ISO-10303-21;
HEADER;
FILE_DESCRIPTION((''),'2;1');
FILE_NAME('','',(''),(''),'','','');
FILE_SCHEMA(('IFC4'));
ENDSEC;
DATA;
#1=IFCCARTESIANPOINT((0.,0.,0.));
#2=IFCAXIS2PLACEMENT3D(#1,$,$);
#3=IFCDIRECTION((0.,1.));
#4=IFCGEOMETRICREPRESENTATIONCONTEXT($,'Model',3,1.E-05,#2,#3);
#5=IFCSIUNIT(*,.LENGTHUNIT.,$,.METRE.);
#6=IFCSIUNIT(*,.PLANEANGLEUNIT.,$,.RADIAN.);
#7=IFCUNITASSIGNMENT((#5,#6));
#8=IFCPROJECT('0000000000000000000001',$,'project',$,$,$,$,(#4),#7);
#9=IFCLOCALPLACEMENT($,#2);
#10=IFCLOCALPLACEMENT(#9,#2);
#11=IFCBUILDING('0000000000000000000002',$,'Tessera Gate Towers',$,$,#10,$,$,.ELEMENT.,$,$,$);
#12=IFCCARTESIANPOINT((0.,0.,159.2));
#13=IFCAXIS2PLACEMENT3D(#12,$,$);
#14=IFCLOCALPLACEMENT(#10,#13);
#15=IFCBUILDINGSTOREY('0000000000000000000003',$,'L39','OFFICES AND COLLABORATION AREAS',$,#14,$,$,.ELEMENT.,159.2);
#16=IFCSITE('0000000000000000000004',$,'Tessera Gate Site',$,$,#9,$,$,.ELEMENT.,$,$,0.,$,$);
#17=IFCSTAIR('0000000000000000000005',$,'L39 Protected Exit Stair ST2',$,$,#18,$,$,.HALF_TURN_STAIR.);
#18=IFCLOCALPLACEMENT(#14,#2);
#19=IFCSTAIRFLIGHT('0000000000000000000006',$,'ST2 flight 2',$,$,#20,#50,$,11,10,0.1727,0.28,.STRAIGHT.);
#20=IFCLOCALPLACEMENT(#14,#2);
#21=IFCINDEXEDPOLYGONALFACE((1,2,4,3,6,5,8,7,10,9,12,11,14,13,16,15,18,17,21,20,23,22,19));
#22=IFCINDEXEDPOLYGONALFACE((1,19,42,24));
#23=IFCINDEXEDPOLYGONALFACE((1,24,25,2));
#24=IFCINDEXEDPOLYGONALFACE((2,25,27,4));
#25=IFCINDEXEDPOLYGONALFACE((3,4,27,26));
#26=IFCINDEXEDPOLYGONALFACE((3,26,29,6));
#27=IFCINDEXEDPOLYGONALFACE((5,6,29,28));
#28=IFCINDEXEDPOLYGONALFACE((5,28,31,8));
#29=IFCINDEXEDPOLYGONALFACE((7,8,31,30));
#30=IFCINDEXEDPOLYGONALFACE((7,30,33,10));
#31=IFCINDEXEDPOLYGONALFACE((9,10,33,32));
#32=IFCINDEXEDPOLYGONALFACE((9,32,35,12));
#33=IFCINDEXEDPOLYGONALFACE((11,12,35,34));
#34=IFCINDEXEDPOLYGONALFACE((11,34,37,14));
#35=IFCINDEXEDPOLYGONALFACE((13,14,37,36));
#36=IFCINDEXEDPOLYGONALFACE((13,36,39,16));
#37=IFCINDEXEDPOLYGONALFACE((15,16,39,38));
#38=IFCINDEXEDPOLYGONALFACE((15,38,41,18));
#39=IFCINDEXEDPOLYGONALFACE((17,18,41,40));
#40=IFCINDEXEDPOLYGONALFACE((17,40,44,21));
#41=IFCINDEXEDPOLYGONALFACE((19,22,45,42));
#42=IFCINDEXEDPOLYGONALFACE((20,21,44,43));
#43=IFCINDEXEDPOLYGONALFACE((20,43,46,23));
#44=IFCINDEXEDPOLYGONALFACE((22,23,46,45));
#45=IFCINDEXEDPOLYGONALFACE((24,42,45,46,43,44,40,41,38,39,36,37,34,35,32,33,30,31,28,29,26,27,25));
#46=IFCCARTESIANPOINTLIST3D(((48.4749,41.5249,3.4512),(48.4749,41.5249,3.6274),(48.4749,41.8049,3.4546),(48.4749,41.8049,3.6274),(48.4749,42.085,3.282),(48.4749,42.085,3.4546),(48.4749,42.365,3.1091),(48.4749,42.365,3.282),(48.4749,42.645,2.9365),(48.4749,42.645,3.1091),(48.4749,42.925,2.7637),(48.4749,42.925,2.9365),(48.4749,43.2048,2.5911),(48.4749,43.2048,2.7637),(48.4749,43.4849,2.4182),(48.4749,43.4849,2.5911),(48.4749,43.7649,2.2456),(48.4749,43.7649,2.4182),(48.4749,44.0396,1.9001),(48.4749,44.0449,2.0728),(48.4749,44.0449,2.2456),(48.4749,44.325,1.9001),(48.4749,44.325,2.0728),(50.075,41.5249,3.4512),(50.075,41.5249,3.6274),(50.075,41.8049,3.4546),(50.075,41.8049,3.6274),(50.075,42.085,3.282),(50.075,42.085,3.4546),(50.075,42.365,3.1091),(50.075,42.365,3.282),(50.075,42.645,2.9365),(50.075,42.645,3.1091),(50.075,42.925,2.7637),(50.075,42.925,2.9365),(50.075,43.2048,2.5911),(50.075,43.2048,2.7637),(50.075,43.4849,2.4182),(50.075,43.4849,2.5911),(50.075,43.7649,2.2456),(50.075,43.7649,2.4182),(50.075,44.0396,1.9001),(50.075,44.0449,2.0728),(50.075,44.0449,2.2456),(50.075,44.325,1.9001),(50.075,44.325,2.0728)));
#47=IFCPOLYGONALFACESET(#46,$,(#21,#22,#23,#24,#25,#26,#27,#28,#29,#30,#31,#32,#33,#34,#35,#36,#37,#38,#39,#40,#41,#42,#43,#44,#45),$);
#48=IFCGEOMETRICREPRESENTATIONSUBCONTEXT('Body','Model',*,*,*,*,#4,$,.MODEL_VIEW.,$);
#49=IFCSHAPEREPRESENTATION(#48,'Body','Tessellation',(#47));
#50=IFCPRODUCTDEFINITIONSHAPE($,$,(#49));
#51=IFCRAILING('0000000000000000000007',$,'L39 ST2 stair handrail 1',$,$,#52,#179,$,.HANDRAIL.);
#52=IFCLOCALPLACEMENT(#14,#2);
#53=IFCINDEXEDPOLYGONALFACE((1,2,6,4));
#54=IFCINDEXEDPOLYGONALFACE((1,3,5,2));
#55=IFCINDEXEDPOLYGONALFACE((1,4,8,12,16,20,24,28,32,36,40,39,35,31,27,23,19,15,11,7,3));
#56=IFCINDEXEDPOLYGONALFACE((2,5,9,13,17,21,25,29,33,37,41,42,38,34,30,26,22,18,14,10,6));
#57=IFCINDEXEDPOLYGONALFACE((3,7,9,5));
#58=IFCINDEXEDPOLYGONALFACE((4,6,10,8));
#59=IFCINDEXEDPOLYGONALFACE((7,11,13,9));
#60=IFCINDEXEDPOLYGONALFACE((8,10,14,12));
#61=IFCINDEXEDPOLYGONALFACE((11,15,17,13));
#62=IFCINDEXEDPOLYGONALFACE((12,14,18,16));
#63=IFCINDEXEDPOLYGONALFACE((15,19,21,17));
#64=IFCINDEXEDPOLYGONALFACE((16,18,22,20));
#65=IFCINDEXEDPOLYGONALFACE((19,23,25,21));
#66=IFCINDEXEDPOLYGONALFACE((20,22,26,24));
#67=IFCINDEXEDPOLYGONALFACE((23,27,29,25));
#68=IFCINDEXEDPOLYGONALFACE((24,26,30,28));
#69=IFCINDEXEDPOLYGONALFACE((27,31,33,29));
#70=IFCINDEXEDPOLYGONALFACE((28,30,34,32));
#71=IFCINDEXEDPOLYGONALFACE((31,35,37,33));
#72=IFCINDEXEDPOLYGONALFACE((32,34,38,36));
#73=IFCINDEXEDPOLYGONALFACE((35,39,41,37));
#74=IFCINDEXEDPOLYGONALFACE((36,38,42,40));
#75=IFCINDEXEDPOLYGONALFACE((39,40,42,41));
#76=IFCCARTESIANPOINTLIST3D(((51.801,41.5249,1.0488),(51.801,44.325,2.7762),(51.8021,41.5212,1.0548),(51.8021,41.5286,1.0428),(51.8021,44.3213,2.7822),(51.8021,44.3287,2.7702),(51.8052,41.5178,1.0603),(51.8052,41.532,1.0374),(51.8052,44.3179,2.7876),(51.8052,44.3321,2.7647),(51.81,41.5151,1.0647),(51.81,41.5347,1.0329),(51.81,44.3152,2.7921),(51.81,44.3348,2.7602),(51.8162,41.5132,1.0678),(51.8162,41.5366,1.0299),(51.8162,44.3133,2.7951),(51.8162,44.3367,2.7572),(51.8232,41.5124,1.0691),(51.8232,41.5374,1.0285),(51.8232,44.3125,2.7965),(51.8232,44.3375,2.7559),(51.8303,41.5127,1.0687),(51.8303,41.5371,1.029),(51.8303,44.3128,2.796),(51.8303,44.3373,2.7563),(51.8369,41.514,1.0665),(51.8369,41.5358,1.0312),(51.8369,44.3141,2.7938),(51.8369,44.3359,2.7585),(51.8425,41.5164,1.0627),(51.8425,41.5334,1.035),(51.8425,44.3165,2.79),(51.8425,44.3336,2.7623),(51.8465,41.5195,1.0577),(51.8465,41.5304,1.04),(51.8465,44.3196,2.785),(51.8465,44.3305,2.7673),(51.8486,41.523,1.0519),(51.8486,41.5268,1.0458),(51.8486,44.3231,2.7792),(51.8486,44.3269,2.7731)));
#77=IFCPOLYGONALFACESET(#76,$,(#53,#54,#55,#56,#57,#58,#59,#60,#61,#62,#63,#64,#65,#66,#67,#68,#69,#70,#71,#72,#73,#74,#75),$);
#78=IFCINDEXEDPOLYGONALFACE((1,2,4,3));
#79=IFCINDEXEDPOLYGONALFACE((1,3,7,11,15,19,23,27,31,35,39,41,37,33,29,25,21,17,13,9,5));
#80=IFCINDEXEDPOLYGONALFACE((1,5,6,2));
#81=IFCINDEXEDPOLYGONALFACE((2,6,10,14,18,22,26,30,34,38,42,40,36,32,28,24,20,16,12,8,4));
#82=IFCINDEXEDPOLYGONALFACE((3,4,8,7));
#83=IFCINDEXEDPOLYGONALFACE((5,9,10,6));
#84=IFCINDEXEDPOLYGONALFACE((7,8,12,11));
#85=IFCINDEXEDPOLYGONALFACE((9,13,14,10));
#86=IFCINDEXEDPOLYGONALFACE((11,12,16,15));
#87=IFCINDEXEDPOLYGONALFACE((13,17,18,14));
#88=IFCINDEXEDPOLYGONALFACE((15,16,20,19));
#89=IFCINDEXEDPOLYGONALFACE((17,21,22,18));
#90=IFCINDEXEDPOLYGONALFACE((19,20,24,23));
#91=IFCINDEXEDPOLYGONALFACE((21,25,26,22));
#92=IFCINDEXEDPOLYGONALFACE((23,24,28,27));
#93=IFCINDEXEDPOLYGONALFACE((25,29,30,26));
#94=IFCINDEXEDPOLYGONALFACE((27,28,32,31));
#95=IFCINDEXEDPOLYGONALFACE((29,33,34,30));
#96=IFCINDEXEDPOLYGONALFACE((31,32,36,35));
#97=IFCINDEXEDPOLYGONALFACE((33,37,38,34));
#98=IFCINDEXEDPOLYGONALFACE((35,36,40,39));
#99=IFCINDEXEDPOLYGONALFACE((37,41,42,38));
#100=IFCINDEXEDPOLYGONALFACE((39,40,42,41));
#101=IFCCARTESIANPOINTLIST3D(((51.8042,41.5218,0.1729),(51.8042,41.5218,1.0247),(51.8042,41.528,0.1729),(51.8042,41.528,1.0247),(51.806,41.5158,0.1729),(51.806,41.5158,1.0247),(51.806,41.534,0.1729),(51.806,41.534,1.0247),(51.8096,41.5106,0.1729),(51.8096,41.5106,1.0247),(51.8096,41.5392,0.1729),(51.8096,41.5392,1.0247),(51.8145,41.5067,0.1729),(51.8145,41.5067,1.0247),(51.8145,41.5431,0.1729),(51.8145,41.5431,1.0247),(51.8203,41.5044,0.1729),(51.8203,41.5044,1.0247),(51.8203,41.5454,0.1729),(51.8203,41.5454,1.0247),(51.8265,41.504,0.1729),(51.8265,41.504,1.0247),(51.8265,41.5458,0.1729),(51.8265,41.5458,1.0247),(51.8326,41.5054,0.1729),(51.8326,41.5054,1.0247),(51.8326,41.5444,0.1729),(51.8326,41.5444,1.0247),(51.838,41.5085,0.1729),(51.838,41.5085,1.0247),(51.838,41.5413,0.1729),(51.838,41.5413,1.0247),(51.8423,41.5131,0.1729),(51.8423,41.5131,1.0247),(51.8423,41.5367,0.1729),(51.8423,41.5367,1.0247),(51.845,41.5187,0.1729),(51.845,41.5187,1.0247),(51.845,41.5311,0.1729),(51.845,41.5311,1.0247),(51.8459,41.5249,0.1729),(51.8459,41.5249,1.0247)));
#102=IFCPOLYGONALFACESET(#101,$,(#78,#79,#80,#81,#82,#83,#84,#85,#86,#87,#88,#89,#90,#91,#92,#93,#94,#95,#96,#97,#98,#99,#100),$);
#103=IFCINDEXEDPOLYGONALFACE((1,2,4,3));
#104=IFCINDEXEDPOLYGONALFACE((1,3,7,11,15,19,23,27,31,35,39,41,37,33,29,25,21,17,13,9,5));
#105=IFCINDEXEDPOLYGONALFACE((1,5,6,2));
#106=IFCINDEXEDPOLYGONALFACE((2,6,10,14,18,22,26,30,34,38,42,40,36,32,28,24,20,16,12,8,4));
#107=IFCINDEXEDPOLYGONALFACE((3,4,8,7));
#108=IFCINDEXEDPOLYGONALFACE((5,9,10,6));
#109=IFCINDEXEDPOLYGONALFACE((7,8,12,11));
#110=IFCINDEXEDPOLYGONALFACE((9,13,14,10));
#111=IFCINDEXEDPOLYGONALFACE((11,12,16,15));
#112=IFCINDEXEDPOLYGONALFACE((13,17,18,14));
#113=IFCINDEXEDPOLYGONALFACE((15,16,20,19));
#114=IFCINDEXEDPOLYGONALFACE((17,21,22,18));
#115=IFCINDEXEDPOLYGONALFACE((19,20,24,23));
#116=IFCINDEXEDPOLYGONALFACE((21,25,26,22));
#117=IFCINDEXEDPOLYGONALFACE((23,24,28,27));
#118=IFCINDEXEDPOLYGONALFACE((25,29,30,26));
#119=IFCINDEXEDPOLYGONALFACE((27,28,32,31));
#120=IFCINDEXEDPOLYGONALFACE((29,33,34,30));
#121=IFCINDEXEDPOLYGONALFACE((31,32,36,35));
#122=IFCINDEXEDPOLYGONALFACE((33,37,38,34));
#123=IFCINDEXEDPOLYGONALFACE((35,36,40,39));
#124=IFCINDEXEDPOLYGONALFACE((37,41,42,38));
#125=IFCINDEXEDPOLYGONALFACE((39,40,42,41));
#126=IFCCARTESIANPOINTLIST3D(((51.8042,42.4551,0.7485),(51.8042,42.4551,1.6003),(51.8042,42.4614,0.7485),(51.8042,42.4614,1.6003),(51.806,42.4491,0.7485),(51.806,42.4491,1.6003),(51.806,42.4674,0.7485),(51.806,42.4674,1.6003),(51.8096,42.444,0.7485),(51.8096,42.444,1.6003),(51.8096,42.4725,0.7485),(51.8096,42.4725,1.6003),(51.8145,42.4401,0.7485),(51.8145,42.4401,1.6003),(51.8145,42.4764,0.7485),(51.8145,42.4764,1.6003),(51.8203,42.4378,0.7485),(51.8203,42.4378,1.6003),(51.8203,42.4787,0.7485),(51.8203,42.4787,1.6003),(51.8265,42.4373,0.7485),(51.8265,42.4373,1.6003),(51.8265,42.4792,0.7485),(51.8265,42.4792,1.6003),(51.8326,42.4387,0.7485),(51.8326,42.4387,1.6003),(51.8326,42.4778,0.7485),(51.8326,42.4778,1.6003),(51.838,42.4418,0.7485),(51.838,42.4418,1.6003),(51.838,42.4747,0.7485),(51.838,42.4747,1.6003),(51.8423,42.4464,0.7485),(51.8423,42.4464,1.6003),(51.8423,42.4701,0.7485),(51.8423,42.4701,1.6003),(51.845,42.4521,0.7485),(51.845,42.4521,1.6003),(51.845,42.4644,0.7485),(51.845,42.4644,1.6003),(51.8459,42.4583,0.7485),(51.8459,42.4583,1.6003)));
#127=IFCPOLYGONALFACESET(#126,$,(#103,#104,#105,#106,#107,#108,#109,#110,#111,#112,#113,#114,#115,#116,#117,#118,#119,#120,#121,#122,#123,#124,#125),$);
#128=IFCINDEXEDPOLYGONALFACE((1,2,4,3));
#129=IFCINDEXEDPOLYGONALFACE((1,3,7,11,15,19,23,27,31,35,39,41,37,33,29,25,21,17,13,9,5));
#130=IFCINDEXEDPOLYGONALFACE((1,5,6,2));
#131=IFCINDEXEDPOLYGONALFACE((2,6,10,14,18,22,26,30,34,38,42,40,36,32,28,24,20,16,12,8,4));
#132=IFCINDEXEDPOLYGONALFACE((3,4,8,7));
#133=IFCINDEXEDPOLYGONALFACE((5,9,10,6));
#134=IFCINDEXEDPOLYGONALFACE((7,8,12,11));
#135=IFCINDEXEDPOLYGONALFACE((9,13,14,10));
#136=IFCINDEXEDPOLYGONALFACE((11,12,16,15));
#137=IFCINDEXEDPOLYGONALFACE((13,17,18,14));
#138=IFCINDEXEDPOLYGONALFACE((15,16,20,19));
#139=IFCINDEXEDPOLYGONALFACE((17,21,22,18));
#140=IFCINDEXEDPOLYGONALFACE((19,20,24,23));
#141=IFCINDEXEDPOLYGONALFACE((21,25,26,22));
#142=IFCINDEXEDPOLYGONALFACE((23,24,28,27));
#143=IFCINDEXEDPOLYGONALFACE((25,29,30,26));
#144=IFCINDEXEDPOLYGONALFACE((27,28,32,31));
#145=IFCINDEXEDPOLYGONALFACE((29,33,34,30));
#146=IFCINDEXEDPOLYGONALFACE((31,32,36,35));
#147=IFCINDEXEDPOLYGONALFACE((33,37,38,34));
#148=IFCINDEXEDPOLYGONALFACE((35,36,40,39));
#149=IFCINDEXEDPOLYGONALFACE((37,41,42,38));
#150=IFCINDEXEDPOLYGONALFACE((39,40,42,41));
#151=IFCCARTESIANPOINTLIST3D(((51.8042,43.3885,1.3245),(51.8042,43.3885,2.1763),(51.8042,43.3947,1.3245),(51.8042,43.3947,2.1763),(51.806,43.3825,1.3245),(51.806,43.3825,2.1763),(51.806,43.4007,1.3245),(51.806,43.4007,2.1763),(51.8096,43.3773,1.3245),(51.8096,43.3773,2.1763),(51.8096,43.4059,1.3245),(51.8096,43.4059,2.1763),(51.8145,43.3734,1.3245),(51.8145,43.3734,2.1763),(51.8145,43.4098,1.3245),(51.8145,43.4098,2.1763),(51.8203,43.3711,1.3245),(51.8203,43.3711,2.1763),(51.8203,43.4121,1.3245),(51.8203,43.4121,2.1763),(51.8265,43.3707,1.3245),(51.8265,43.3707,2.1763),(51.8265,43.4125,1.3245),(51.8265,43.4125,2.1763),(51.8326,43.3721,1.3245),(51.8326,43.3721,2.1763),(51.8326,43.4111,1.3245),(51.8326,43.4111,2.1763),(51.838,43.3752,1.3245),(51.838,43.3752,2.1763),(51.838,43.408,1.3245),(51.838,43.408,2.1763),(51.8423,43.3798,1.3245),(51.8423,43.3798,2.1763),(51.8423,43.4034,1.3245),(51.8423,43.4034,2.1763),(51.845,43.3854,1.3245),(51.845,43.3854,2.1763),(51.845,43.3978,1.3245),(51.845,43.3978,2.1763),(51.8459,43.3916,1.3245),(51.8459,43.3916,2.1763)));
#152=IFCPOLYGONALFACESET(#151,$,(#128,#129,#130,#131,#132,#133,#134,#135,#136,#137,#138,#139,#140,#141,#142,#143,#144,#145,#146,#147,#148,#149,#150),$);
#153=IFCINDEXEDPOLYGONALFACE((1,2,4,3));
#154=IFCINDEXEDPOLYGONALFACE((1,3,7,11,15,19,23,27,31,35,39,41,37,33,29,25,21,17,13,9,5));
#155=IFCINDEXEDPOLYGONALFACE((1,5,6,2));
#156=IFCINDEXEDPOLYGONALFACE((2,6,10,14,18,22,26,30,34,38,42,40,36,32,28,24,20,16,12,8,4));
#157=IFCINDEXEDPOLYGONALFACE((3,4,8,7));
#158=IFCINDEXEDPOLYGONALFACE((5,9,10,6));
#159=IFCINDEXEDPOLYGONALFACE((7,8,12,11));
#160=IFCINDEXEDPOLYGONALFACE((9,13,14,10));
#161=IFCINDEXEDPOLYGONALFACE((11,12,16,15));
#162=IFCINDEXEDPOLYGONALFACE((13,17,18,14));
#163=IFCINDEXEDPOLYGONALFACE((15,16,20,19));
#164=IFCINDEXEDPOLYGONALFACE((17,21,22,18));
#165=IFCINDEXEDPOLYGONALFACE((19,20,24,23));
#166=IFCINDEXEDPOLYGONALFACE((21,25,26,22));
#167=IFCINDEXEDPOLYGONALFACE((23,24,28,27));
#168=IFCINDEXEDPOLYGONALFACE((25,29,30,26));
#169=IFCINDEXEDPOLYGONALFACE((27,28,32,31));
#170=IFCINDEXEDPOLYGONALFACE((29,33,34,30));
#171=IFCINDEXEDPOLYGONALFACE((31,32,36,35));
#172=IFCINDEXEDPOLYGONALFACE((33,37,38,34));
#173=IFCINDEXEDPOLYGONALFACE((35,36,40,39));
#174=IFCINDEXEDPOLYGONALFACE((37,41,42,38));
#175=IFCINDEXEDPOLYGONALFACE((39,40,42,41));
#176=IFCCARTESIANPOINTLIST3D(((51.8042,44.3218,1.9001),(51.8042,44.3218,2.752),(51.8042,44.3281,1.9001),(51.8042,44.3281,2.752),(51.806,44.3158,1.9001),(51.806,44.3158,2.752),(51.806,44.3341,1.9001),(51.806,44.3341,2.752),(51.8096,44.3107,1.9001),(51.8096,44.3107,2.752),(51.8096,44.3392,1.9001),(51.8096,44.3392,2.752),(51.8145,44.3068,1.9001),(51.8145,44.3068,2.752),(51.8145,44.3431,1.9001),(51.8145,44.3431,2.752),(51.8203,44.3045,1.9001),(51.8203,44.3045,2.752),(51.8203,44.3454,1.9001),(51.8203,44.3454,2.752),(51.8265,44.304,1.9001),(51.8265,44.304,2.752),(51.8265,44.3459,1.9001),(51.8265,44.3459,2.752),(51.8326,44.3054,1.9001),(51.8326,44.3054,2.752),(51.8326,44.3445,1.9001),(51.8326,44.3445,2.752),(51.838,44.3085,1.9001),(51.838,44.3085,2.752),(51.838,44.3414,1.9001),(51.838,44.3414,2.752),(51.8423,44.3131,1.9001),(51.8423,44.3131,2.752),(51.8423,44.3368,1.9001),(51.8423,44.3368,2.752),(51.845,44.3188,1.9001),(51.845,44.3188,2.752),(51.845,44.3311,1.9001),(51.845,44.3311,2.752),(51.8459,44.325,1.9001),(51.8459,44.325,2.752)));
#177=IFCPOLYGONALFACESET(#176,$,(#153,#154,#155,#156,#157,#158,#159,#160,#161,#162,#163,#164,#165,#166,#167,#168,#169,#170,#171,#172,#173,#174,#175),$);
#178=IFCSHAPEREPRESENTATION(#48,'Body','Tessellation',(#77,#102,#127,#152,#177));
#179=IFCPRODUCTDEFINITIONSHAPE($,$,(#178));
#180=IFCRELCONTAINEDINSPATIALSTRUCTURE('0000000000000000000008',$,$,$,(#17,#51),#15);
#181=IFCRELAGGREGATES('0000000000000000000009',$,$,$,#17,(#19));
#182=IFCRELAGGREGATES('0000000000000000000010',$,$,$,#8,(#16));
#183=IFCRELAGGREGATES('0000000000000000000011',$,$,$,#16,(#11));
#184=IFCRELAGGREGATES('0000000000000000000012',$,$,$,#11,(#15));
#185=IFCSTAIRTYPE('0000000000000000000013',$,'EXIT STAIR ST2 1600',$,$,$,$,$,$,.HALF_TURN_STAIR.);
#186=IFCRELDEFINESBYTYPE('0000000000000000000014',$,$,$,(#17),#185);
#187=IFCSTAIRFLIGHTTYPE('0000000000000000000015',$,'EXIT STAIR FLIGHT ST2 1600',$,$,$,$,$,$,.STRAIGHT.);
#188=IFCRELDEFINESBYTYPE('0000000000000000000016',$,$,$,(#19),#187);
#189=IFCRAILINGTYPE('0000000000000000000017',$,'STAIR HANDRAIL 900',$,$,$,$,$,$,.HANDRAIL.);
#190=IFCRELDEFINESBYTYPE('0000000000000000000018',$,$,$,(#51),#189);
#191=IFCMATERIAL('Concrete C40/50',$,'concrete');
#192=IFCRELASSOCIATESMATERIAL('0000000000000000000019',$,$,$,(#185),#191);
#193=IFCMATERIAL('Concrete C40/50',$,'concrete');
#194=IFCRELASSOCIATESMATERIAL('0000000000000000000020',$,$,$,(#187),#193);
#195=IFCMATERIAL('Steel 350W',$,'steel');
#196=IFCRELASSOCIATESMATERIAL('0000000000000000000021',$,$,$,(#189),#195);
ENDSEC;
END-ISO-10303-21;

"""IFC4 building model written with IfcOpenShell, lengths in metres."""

from ifc_helpers import new_model, si_unit, direction, frame, origin, origin_2d, place, context, subcontext, project, spatial, polyline, circle, outline, extrude, material, type_object, element, aggregate, save


model = new_model("IFC4")

# Units and contexts
model_context = context("Model", 3, precision=1e-05, world=origin(), true_north=direction((0.0, 1.0)))
body_context = subcontext(model_context, "Body", "Model", "MODEL_VIEW")
ifc_project = project(units=[si_unit("LENGTHUNIT", "METRE"), si_unit("PLANEANGLEUNIT", "RADIAN")], contexts=[model_context])

# Site, building, storey
site_placement = place(None, origin())
site = spatial("IfcSite", under=ifc_project, at=site_placement, Name="Tessera Gate Site", CompositionType="ELEMENT", RefElevation=0.0)
building_placement = place(site_placement, origin())
building = spatial("IfcBuilding", under=site, at=building_placement, Name="Tessera Gate Towers", CompositionType="ELEMENT")
storey_placement = place(building_placement, frame((0.0, 0.0, 159.2)))
storey = spatial("IfcBuildingStorey", under=building, at=storey_placement, Name="L39", Description="OFFICES AND COLLABORATION AREAS", CompositionType="ELEMENT", Elevation=159.2)

# Stair, stair flight
ifc_material_1 = material(Name="Concrete C40/50", Category="concrete")
stair_type = type_object("IfcStairType", Name="EXIT STAIR ST2 1600", PredefinedType="HALF_TURN_STAIR", material=ifc_material_1)
stair_placement = place(storey_placement, origin())
stair = element("IfcStair", 1, at=stair_placement, inside=storey, type_object=stair_type, Name="L39 Protected Exit Stair ST2", PredefinedType="HALF_TURN_STAIR")
ifc_material_2 = material(Name="Concrete C40/50", Category="concrete")
stair_flight_type = type_object("IfcStairFlightType", Name="EXIT STAIR FLIGHT ST2 1600", PredefinedType="STRAIGHT", material=ifc_material_2)
stair_flight_1_placement = place(storey_placement, frame((49.2749, 44.325, 1.9001), z_axis=(0.0, 0.0, 1.0), x_axis=(0.0, -1.0, 0.0)))
stair_flight_1 = element("IfcStairFlight", 2, at=stair_flight_1_placement, type_object=stair_flight_type, Name="ST2 flight 2", NumberOfRisers=11, NumberOfTreads=10, PredefinedType="STRAIGHT", RiserHeight=0.1727, TreadLength=0.28, context=body_context, shape_type="SweptSolid", body=[
    extrude(outline(polyline([(0.0, 0.0), (0.0, 0.1726), (0.28, 0.1726), (0.28, 0.3455), (0.5601, 0.3455), (0.5601, 0.5181), (0.8401, 0.5181), (0.8401, 0.6909), (1.1201, 0.6909), (1.1201, 0.8635), (1.3999, 0.8635), (1.3999, 1.0364), (1.6799, 1.0364), (1.6799, 1.209), (1.96, 1.209), (1.96, 1.3818), (2.24, 1.3818), (2.24, 1.5544), (2.52, 1.5544), (2.52, 1.7273), (2.8, 1.7273), (2.8, 1.8999), (2.8, 1.551), (0.2854, 0.0), (0.0, 0.0)])), frame((0.0, 0.8, 0.0), z_axis=(0.0, -1.0, 0.0), x_axis=(1.0, 0.0, 0.0)), (0.0, 0.0, 1.0), 1.6001),
])
aggregate(stair, [stair_flight_1])

# Railing
ifc_material_3 = material(Name="Steel 350W", Category="steel")
railing_type_1 = type_object("IfcRailingType", Name="STAIR HANDRAIL 900", PredefinedType="HANDRAIL", material=ifc_material_3)
railing_1_placement = place(storey_placement, frame((51.825, 41.5249, 0.1729)))
element("IfcRailing", 3, at=railing_1_placement, inside=storey, type_object=railing_type_1, Name="L39 ST2 stair handrail 1", PredefinedType="HANDRAIL", context=body_context, shape_type="SweptSolid", body=[
    extrude(circle(Radius=0.0239, at=origin_2d()), frame((0.0, 0.0, 0.876), z_axis=(0.0, 0.85109, 0.52502), x_axis=(-1.0, 0.0, 0.0)), (0.0, 0.0, 1.0), 3.29),
    extrude(circle(Radius=0.021, at=origin_2d()), origin(), (0.0, 0.0, 1.0), 0.8518),
    extrude(circle(Radius=0.021, at=origin_2d()), frame((0.0, 0.9333, 0.5757)), (0.0, 0.0, 1.0), 0.8518),
    extrude(circle(Radius=0.021, at=origin_2d()), frame((0.0, 1.8667, 1.1516)), (0.0, 0.0, 1.0), 0.8518),
    extrude(circle(Radius=0.021, at=origin_2d()), frame((0.0, 2.8, 1.7273)), (0.0, 0.0, 1.0), 0.8518),
])

save(model, "model.ifc")
